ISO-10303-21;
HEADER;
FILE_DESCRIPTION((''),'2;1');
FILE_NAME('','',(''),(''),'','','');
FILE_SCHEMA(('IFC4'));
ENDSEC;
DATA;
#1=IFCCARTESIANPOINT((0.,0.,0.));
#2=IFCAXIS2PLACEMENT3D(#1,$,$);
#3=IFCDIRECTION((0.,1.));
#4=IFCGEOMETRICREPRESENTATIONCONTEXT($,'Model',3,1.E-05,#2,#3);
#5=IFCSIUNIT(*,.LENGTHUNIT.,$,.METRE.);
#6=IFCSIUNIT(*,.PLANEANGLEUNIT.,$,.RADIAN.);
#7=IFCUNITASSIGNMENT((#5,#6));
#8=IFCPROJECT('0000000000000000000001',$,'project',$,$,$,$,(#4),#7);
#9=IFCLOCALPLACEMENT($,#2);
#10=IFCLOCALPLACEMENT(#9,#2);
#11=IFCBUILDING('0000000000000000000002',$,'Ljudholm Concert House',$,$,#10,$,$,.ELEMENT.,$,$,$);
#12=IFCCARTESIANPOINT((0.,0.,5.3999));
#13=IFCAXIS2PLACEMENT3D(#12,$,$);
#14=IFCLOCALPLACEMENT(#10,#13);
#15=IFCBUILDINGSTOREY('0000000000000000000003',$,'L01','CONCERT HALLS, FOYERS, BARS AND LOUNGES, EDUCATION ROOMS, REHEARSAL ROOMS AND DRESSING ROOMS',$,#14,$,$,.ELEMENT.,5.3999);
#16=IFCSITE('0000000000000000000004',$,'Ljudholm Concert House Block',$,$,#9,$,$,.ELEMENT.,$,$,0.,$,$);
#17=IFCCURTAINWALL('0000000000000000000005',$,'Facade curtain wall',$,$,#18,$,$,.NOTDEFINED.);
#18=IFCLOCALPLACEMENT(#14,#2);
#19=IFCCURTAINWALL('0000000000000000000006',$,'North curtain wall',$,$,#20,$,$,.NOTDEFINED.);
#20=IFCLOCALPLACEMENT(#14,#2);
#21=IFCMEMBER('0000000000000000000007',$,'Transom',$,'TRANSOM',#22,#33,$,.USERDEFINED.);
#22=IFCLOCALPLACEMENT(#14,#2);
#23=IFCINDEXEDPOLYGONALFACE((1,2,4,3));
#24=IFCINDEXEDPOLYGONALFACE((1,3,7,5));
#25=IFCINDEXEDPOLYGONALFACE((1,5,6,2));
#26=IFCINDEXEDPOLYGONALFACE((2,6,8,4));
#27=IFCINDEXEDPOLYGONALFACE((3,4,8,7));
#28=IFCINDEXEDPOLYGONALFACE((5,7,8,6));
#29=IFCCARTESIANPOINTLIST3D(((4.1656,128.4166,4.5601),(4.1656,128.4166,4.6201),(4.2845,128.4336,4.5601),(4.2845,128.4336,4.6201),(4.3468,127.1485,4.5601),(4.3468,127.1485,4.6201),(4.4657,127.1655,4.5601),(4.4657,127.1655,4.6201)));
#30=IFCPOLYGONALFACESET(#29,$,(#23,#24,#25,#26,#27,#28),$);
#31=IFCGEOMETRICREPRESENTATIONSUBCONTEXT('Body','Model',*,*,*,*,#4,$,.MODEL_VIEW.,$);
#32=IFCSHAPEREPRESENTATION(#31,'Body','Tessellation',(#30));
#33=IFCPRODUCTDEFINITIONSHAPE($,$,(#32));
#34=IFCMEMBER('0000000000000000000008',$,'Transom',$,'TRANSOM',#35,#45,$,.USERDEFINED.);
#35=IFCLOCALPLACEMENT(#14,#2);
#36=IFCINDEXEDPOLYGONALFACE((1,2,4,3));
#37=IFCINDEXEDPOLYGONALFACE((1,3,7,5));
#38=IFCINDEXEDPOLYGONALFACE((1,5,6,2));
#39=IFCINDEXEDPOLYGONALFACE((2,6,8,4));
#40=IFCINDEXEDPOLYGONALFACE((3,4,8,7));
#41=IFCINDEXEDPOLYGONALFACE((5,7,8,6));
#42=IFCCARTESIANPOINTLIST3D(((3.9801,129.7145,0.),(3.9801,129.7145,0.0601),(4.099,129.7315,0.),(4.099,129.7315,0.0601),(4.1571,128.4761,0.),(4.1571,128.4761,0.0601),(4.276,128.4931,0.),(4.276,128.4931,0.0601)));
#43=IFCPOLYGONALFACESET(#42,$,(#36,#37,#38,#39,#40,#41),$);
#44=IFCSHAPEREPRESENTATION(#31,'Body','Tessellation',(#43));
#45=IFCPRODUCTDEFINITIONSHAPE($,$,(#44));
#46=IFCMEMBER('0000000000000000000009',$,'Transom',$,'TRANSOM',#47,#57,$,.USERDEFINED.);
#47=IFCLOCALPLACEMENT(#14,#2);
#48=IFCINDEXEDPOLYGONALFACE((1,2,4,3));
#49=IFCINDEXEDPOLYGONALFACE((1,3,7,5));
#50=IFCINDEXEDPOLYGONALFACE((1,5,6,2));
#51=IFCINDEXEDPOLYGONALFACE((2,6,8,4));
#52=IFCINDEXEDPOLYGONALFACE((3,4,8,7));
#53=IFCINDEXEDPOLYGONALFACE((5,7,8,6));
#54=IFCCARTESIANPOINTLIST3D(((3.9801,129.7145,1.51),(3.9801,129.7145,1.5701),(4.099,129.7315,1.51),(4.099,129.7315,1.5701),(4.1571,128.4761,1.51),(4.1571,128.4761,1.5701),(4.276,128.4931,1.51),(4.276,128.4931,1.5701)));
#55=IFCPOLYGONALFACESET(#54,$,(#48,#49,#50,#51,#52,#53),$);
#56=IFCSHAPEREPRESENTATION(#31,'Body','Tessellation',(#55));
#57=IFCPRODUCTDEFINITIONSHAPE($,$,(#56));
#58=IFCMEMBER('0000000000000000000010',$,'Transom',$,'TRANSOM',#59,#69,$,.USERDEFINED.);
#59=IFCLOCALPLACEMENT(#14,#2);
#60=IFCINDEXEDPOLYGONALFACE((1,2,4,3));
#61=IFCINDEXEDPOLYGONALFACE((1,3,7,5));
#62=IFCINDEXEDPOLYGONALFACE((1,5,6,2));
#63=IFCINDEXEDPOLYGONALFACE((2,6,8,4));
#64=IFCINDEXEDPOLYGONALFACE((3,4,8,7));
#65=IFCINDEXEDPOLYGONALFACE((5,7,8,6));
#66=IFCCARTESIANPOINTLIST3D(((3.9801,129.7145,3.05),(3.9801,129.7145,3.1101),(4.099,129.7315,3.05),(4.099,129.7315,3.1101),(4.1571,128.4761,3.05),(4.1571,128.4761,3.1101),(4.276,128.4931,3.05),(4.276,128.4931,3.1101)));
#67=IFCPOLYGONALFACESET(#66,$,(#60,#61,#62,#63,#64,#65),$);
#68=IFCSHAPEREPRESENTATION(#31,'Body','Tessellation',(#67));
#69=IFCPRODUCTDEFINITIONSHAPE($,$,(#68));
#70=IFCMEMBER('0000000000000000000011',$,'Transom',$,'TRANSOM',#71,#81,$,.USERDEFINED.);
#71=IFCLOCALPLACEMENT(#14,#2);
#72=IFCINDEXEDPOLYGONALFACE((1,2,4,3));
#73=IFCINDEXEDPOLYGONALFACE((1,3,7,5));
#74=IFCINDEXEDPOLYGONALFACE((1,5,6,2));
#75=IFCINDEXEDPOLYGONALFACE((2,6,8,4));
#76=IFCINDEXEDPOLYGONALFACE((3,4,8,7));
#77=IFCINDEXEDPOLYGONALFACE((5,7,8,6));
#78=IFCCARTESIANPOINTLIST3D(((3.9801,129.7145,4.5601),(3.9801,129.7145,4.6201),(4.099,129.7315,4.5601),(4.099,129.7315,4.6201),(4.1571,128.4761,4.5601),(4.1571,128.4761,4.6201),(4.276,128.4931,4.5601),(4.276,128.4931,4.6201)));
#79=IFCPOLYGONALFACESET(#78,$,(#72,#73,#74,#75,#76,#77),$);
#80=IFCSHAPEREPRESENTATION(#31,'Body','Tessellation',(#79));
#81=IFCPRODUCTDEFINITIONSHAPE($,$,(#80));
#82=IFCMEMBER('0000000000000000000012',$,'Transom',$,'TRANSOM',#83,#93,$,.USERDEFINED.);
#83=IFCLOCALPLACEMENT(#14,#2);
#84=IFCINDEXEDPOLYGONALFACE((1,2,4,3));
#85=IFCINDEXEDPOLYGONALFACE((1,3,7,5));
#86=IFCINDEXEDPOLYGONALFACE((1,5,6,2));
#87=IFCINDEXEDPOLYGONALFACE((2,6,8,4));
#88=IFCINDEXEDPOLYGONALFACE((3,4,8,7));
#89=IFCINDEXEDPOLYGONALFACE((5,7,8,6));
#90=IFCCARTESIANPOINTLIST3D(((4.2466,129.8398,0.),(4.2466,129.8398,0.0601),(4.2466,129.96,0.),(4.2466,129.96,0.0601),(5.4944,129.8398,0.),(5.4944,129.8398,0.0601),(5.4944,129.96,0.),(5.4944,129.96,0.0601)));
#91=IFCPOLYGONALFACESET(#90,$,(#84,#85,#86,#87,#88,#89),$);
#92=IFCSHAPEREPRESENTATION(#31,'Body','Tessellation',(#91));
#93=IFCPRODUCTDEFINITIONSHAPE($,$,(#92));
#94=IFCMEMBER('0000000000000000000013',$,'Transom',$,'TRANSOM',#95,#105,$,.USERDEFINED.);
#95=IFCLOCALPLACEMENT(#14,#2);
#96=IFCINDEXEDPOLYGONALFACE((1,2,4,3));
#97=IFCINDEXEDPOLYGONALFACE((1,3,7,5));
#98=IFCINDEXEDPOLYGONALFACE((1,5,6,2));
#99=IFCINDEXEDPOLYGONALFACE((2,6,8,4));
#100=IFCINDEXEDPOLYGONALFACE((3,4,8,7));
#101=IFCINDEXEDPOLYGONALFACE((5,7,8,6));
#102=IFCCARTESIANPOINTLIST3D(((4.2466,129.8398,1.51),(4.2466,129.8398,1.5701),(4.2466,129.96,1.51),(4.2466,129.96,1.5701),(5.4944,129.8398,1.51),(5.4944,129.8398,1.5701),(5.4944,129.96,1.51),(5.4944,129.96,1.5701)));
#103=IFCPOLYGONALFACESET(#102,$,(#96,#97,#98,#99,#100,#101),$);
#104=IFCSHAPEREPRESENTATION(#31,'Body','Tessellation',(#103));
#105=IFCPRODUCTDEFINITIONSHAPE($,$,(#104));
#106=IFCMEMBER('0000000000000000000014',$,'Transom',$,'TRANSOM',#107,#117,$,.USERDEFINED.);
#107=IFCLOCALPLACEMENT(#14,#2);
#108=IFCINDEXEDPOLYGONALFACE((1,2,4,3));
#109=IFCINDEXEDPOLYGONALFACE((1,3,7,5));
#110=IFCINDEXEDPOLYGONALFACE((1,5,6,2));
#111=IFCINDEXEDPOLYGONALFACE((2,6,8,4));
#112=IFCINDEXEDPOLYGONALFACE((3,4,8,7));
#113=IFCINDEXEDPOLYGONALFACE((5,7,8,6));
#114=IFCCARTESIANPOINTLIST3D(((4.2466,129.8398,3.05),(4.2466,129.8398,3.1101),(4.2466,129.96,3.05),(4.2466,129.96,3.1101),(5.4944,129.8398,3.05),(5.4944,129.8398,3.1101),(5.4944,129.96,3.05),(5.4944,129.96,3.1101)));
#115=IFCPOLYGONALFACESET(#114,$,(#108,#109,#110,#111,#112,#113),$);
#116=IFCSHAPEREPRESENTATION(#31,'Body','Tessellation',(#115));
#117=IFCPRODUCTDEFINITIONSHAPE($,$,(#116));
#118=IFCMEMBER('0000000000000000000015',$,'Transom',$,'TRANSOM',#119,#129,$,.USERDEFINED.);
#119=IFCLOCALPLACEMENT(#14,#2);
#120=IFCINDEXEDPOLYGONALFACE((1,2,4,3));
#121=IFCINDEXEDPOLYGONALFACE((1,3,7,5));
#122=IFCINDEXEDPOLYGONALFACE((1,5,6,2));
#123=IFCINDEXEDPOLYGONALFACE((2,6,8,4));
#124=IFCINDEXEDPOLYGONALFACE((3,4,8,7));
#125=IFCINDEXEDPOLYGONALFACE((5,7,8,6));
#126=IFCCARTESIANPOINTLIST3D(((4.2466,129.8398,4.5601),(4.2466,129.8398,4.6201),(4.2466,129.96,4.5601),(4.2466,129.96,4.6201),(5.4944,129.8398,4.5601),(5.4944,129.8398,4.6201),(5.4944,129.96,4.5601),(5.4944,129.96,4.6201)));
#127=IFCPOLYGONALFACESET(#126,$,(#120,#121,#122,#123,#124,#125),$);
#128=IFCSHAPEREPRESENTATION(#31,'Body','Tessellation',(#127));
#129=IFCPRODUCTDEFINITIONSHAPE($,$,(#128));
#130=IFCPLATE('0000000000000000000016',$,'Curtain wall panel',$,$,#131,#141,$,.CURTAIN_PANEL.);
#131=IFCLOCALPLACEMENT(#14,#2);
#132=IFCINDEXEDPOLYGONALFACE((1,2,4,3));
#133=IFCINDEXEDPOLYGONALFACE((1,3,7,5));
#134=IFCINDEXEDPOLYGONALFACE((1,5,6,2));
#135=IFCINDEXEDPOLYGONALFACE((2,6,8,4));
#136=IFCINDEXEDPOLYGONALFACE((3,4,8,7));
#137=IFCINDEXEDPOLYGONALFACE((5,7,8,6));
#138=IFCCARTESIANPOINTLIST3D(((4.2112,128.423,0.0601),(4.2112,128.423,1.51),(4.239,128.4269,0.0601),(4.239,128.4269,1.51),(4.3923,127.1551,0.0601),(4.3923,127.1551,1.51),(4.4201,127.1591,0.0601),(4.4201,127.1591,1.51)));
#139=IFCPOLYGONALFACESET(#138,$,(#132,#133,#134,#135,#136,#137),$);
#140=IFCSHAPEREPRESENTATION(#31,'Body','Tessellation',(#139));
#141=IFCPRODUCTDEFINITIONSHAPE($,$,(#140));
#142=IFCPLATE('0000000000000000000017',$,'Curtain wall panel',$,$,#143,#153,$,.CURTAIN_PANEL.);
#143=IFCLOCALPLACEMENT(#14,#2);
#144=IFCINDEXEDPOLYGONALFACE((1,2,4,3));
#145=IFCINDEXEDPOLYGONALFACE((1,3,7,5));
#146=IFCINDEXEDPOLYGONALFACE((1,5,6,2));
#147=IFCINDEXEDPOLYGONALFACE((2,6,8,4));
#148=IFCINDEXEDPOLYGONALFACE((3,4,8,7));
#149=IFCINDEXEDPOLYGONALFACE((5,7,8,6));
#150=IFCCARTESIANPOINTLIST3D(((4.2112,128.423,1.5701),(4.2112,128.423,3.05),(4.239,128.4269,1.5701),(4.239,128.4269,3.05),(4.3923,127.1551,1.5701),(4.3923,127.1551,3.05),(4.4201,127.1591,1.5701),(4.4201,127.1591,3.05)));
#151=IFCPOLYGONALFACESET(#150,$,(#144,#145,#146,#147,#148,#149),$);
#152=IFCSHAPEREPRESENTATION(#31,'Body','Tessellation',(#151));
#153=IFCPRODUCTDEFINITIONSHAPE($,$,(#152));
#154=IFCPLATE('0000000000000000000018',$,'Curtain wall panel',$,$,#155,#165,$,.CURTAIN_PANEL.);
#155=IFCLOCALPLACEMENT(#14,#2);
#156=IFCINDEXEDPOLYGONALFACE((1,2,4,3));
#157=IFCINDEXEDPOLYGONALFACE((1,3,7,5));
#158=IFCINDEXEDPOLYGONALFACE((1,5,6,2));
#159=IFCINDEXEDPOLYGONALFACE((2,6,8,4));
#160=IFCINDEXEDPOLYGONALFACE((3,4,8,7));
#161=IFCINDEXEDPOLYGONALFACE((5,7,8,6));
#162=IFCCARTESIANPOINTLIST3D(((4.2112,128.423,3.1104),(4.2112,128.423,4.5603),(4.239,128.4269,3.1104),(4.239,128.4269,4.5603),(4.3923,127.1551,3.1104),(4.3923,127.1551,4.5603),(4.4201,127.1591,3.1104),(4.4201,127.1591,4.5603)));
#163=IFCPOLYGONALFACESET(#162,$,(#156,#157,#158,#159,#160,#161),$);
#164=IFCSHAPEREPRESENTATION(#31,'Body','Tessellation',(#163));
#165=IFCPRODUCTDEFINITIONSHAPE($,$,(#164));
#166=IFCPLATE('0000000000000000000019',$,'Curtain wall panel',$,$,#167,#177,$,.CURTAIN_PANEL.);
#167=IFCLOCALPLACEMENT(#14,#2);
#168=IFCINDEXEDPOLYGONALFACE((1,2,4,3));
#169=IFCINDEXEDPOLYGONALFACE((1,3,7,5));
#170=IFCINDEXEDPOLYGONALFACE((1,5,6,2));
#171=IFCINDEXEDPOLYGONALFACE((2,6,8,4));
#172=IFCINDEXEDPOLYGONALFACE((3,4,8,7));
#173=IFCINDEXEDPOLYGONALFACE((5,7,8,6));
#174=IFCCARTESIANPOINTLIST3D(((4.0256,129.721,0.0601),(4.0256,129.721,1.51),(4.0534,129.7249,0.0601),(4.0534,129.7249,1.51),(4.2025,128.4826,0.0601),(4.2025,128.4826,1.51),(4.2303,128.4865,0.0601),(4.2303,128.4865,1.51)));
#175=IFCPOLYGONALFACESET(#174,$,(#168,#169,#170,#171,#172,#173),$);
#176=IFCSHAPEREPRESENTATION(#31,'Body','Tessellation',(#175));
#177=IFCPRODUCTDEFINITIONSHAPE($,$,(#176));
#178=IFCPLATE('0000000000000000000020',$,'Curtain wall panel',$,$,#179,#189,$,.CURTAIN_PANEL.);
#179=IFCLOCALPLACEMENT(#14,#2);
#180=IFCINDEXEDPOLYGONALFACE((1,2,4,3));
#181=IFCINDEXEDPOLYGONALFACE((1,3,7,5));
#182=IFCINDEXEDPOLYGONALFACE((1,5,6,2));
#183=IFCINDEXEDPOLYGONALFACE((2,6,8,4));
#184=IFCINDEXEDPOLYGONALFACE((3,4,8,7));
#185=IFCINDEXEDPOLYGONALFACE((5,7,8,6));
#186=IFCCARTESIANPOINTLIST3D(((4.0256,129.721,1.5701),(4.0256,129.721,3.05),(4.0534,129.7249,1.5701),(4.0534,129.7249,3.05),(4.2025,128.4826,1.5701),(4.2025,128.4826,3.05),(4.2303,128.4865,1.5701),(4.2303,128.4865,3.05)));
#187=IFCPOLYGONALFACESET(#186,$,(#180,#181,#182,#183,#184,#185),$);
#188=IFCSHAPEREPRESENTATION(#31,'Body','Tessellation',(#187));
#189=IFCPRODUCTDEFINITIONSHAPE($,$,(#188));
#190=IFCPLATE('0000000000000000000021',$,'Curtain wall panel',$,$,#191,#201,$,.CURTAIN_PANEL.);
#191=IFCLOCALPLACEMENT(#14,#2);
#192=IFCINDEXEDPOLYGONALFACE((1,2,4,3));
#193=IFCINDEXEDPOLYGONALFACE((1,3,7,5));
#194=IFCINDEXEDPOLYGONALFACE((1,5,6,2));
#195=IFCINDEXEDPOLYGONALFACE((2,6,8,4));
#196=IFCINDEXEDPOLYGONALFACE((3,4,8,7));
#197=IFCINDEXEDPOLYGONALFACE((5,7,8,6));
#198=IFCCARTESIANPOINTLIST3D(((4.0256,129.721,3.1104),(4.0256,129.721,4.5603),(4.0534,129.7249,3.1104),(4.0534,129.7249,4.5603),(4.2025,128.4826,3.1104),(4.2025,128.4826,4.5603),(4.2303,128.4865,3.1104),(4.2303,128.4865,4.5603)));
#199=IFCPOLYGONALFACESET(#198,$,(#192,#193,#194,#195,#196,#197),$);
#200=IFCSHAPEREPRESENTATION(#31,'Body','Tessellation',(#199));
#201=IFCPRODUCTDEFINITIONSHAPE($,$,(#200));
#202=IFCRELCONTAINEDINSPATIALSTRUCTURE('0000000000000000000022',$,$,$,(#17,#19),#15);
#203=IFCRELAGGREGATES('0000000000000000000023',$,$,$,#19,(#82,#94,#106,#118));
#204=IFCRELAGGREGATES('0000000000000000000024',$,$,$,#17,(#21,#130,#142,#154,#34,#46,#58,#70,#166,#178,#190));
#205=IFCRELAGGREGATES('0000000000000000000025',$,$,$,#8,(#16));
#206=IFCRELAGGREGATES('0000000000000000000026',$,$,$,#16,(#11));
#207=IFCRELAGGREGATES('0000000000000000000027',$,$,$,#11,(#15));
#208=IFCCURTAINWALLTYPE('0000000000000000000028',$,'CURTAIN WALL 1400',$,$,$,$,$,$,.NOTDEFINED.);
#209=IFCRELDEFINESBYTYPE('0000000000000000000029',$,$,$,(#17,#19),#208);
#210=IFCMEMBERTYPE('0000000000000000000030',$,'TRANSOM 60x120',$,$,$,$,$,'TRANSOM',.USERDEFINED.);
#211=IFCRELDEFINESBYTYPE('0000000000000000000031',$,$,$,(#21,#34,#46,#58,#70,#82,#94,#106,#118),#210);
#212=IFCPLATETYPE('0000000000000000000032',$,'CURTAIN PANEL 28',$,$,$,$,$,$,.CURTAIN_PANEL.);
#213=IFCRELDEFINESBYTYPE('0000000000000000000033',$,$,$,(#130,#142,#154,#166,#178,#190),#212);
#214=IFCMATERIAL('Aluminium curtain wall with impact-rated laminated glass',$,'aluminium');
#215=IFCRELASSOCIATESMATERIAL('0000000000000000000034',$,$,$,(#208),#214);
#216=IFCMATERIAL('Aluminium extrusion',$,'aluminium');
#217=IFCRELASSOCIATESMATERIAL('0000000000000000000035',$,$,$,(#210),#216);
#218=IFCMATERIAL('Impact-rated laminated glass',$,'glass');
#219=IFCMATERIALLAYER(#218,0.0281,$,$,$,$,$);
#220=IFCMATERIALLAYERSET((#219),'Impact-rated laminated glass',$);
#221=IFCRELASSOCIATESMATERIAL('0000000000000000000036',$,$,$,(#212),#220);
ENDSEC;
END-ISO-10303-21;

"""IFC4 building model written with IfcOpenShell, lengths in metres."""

from ifc_helpers import new_model, si_unit, direction, frame, origin, origin_2d, place, context, subcontext, project, spatial, rectangle, extrude, material, layer, layer_set, material_profile, profile_set, type_object, element, aggregate, save


model = new_model("IFC4")

# Units and contexts
model_context = context("Model", 3, precision=1e-05, world=origin(), true_north=direction((0.0, 1.0)))
body_context = subcontext(model_context, "Body", "Model", "MODEL_VIEW")
ifc_project = project(units=[si_unit("LENGTHUNIT", "METRE"), si_unit("PLANEANGLEUNIT", "RADIAN")], contexts=[model_context])

# Site, building, storey
site_placement = place(None, origin())
site = spatial("IfcSite", under=ifc_project, at=site_placement, Name="Ljudholm Concert House Block", CompositionType="ELEMENT", RefElevation=0.0)
building_placement = place(site_placement, origin())
building = spatial("IfcBuilding", under=site, at=building_placement, Name="Ljudholm Concert House", CompositionType="ELEMENT")
storey_placement = place(building_placement, frame((0.0, 0.0, 5.3999)))
storey = spatial("IfcBuildingStorey", under=building, at=storey_placement, Name="L01", Description="CONCERT HALLS, FOYERS, BARS AND LOUNGES, EDUCATION ROOMS, REHEARSAL ROOMS AND DRESSING ROOMS", CompositionType="ELEMENT", Elevation=5.3999)

# Curtain wall
ifc_material_1 = material(Name="Aluminium curtain wall with impact-rated laminated glass", Category="aluminium")
curtain_wall_type = type_object("IfcCurtainWallType", Name="CURTAIN WALL 1400", PredefinedType="NOTDEFINED", material=ifc_material_1)
curtain_wall_1_placement = place(storey_placement, origin())
curtain_wall_1 = element("IfcCurtainWall", 1, at=curtain_wall_1_placement, inside=storey, type_object=curtain_wall_type, Name="Facade curtain wall", PredefinedType="NOTDEFINED")

# Curtain wall
curtain_wall_2_placement = place(storey_placement, origin())
curtain_wall_2 = element("IfcCurtainWall", 2, at=curtain_wall_2_placement, inside=storey, type_object=curtain_wall_type, Name="North curtain wall", PredefinedType="NOTDEFINED")

# Members
ifc_material_2 = material(Name="Aluminium extrusion", Category="aluminium")
ifc_material_profile_1 = material_profile(ifc_material_2, rectangle(XDim=0.1201, YDim=0.0601, at=origin_2d()), Name="TRANSOM 60x120")
ifc_profile_set_1 = profile_set([ifc_material_profile_1], Name="Aluminium extrusion")
member_type_1 = type_object("IfcMemberType", Name="TRANSOM 60x120", ElementType="TRANSOM", PredefinedType="USERDEFINED", material=ifc_profile_set_1)
member_1_placement = place(storey_placement, frame((4.4062, 127.157, 4.5901), z_axis=(-0.141421, 0.989949, 0.0), x_axis=(-0.989949, -0.141421, 0.0)))
member_1 = element("IfcMember", 3, at=member_1_placement, type_object=member_type_1, Name="Transom", ObjectType="TRANSOM", PredefinedType="USERDEFINED", context=body_context, shape_type="SweptSolid", body=[
    extrude(rectangle(XDim=0.1201, YDim=0.0601, at=origin_2d()), origin(), (0.0, 0.0, 1.0), 1.281),
])
member_2_placement = place(storey_placement, frame((4.2166, 128.4846, 0.03), z_axis=(-0.141503, 0.989938, 0.0), x_axis=(-0.989938, -0.141503, 0.0)))
member_2 = element("IfcMember", 4, at=member_2_placement, type_object=member_type_1, Name="Transom", ObjectType="TRANSOM", PredefinedType="USERDEFINED", context=body_context, shape_type="SweptSolid", body=[
    extrude(rectangle(XDim=0.1201, YDim=0.0601, at=origin_2d()), origin(), (0.0, 0.0, 1.0), 1.251),
])
member_3_placement = place(storey_placement, frame((4.2166, 128.4846, 1.54), z_axis=(-0.141503, 0.989938, 0.0), x_axis=(-0.989938, -0.141503, 0.0)))
member_3 = element("IfcMember", 5, at=member_3_placement, type_object=member_type_1, Name="Transom", ObjectType="TRANSOM", PredefinedType="USERDEFINED", context=body_context, shape_type="SweptSolid", body=[
    extrude(rectangle(XDim=0.1201, YDim=0.0601, at=origin_2d()), origin(), (0.0, 0.0, 1.0), 1.251),
])
member_4_placement = place(storey_placement, frame((4.2166, 128.4846, 3.0801), z_axis=(-0.141503, 0.989938, 0.0), x_axis=(-0.989938, -0.141503, 0.0)))
member_4 = element("IfcMember", 6, at=member_4_placement, type_object=member_type_1, Name="Transom", ObjectType="TRANSOM", PredefinedType="USERDEFINED", context=body_context, shape_type="SweptSolid", body=[
    extrude(rectangle(XDim=0.1201, YDim=0.0601, at=origin_2d()), origin(), (0.0, 0.0, 1.0), 1.251),
])
member_5_placement = place(storey_placement, frame((4.2166, 128.4846, 4.5901), z_axis=(-0.141503, 0.989938, 0.0), x_axis=(-0.989938, -0.141503, 0.0)))
member_5 = element("IfcMember", 7, at=member_5_placement, type_object=member_type_1, Name="Transom", ObjectType="TRANSOM", PredefinedType="USERDEFINED", context=body_context, shape_type="SweptSolid", body=[
    extrude(rectangle(XDim=0.1201, YDim=0.0601, at=origin_2d()), origin(), (0.0, 0.0, 1.0), 1.251),
])
member_6_placement = place(storey_placement, frame((4.2466, 129.8999, 0.03), z_axis=(1.0, 0.0, 0.0), x_axis=(0.0, 1.0, 0.0)))
member_6 = element("IfcMember", 8, at=member_6_placement, type_object=member_type_1, Name="Transom", ObjectType="TRANSOM", PredefinedType="USERDEFINED", context=body_context, shape_type="SweptSolid", body=[
    extrude(rectangle(XDim=0.1201, YDim=0.0601, at=origin_2d()), origin(), (0.0, 0.0, 1.0), 1.2478),
])
member_7_placement = place(storey_placement, frame((4.2466, 129.8999, 1.54), z_axis=(1.0, 0.0, 0.0), x_axis=(0.0, 1.0, 0.0)))
member_7 = element("IfcMember", 9, at=member_7_placement, type_object=member_type_1, Name="Transom", ObjectType="TRANSOM", PredefinedType="USERDEFINED", context=body_context, shape_type="SweptSolid", body=[
    extrude(rectangle(XDim=0.1201, YDim=0.0601, at=origin_2d()), origin(), (0.0, 0.0, 1.0), 1.2478),
])
member_8_placement = place(storey_placement, frame((4.2466, 129.8999, 3.0801), z_axis=(1.0, 0.0, 0.0), x_axis=(0.0, 1.0, 0.0)))
member_8 = element("IfcMember", 10, at=member_8_placement, type_object=member_type_1, Name="Transom", ObjectType="TRANSOM", PredefinedType="USERDEFINED", context=body_context, shape_type="SweptSolid", body=[
    extrude(rectangle(XDim=0.1201, YDim=0.0601, at=origin_2d()), origin(), (0.0, 0.0, 1.0), 1.2478),
])
member_9_placement = place(storey_placement, frame((4.2466, 129.8999, 4.5901), z_axis=(1.0, 0.0, 0.0), x_axis=(0.0, 1.0, 0.0)))
member_9 = element("IfcMember", 11, at=member_9_placement, type_object=member_type_1, Name="Transom", ObjectType="TRANSOM", PredefinedType="USERDEFINED", context=body_context, shape_type="SweptSolid", body=[
    extrude(rectangle(XDim=0.1201, YDim=0.0601, at=origin_2d()), origin(), (0.0, 0.0, 1.0), 1.2478),
])
aggregate(curtain_wall_2, [member_6, member_7, member_8, member_9])

# Plates
ifc_material_3 = material(Name="Impact-rated laminated glass", Category="glass")
ifc_layer = layer(ifc_material_3, 0.0281)
ifc_layer_set = layer_set([ifc_layer], Name="Impact-rated laminated glass")
plate_type = type_object("IfcPlateType", Name="CURTAIN PANEL 28", PredefinedType="CURTAIN_PANEL", material=ifc_layer_set)
plate_1_placement = place(storey_placement, frame((4.3157, 127.791, 0.0601), z_axis=(0.0, 0.0, 1.0), x_axis=(-0.141421, 0.989949, 0.0)))
plate_1 = element("IfcPlate", 12, at=plate_1_placement, type_object=plate_type, Name="Curtain wall panel", PredefinedType="CURTAIN_PANEL", context=body_context, shape_type="SweptSolid", body=[
    extrude(rectangle(XDim=1.2808, YDim=0.0281, at=origin_2d()), origin(), (0.0, 0.0, 1.0), 1.45),
])
plate_2_placement = place(storey_placement, frame((4.3157, 127.791, 1.5701), z_axis=(0.0, 0.0, 1.0), x_axis=(-0.141421, 0.989949, 0.0)))
plate_2 = element("IfcPlate", 13, at=plate_2_placement, type_object=plate_type, Name="Curtain wall panel", PredefinedType="CURTAIN_PANEL", context=body_context, shape_type="SweptSolid", body=[
    extrude(rectangle(XDim=1.2808, YDim=0.0281, at=origin_2d()), origin(), (0.0, 0.0, 1.0), 1.48),
])
plate_3_placement = place(storey_placement, frame((4.3157, 127.791, 3.1104), z_axis=(0.0, 0.0, 1.0), x_axis=(-0.141421, 0.989949, 0.0)))
plate_3 = element("IfcPlate", 14, at=plate_3_placement, type_object=plate_type, Name="Curtain wall panel", PredefinedType="CURTAIN_PANEL", context=body_context, shape_type="SweptSolid", body=[
    extrude(rectangle(XDim=1.2808, YDim=0.0281, at=origin_2d()), origin(), (0.0, 0.0, 1.0), 1.45),
])
plate_4_placement = place(storey_placement, frame((4.1279, 129.1038, 0.0601), z_axis=(0.0, 0.0, 1.0), x_axis=(-0.141421, 0.989949, 0.0)))
plate_4 = element("IfcPlate", 15, at=plate_4_placement, type_object=plate_type, Name="Curtain wall panel", PredefinedType="CURTAIN_PANEL", context=body_context, shape_type="SweptSolid", body=[
    extrude(rectangle(XDim=1.251, YDim=0.0281, at=origin_2d()), origin(), (0.0, 0.0, 1.0), 1.45),
])
plate_5_placement = place(storey_placement, frame((4.1279, 129.1038, 1.5701), z_axis=(0.0, 0.0, 1.0), x_axis=(-0.141421, 0.989949, 0.0)))
plate_5 = element("IfcPlate", 16, at=plate_5_placement, type_object=plate_type, Name="Curtain wall panel", PredefinedType="CURTAIN_PANEL", context=body_context, shape_type="SweptSolid", body=[
    extrude(rectangle(XDim=1.251, YDim=0.0281, at=origin_2d()), origin(), (0.0, 0.0, 1.0), 1.48),
])
plate_6_placement = place(storey_placement, frame((4.1279, 129.1038, 3.1104), z_axis=(0.0, 0.0, 1.0), x_axis=(-0.141421, 0.989949, 0.0)))
plate_6 = element("IfcPlate", 17, at=plate_6_placement, type_object=plate_type, Name="Curtain wall panel", PredefinedType="CURTAIN_PANEL", context=body_context, shape_type="SweptSolid", body=[
    extrude(rectangle(XDim=1.251, YDim=0.0281, at=origin_2d()), origin(), (0.0, 0.0, 1.0), 1.45),
])
aggregate(curtain_wall_1, [member_1, plate_1, plate_2, plate_3, member_2, member_3, member_4, member_5, plate_4, plate_5, plate_6])

save(model, "model.ifc")
